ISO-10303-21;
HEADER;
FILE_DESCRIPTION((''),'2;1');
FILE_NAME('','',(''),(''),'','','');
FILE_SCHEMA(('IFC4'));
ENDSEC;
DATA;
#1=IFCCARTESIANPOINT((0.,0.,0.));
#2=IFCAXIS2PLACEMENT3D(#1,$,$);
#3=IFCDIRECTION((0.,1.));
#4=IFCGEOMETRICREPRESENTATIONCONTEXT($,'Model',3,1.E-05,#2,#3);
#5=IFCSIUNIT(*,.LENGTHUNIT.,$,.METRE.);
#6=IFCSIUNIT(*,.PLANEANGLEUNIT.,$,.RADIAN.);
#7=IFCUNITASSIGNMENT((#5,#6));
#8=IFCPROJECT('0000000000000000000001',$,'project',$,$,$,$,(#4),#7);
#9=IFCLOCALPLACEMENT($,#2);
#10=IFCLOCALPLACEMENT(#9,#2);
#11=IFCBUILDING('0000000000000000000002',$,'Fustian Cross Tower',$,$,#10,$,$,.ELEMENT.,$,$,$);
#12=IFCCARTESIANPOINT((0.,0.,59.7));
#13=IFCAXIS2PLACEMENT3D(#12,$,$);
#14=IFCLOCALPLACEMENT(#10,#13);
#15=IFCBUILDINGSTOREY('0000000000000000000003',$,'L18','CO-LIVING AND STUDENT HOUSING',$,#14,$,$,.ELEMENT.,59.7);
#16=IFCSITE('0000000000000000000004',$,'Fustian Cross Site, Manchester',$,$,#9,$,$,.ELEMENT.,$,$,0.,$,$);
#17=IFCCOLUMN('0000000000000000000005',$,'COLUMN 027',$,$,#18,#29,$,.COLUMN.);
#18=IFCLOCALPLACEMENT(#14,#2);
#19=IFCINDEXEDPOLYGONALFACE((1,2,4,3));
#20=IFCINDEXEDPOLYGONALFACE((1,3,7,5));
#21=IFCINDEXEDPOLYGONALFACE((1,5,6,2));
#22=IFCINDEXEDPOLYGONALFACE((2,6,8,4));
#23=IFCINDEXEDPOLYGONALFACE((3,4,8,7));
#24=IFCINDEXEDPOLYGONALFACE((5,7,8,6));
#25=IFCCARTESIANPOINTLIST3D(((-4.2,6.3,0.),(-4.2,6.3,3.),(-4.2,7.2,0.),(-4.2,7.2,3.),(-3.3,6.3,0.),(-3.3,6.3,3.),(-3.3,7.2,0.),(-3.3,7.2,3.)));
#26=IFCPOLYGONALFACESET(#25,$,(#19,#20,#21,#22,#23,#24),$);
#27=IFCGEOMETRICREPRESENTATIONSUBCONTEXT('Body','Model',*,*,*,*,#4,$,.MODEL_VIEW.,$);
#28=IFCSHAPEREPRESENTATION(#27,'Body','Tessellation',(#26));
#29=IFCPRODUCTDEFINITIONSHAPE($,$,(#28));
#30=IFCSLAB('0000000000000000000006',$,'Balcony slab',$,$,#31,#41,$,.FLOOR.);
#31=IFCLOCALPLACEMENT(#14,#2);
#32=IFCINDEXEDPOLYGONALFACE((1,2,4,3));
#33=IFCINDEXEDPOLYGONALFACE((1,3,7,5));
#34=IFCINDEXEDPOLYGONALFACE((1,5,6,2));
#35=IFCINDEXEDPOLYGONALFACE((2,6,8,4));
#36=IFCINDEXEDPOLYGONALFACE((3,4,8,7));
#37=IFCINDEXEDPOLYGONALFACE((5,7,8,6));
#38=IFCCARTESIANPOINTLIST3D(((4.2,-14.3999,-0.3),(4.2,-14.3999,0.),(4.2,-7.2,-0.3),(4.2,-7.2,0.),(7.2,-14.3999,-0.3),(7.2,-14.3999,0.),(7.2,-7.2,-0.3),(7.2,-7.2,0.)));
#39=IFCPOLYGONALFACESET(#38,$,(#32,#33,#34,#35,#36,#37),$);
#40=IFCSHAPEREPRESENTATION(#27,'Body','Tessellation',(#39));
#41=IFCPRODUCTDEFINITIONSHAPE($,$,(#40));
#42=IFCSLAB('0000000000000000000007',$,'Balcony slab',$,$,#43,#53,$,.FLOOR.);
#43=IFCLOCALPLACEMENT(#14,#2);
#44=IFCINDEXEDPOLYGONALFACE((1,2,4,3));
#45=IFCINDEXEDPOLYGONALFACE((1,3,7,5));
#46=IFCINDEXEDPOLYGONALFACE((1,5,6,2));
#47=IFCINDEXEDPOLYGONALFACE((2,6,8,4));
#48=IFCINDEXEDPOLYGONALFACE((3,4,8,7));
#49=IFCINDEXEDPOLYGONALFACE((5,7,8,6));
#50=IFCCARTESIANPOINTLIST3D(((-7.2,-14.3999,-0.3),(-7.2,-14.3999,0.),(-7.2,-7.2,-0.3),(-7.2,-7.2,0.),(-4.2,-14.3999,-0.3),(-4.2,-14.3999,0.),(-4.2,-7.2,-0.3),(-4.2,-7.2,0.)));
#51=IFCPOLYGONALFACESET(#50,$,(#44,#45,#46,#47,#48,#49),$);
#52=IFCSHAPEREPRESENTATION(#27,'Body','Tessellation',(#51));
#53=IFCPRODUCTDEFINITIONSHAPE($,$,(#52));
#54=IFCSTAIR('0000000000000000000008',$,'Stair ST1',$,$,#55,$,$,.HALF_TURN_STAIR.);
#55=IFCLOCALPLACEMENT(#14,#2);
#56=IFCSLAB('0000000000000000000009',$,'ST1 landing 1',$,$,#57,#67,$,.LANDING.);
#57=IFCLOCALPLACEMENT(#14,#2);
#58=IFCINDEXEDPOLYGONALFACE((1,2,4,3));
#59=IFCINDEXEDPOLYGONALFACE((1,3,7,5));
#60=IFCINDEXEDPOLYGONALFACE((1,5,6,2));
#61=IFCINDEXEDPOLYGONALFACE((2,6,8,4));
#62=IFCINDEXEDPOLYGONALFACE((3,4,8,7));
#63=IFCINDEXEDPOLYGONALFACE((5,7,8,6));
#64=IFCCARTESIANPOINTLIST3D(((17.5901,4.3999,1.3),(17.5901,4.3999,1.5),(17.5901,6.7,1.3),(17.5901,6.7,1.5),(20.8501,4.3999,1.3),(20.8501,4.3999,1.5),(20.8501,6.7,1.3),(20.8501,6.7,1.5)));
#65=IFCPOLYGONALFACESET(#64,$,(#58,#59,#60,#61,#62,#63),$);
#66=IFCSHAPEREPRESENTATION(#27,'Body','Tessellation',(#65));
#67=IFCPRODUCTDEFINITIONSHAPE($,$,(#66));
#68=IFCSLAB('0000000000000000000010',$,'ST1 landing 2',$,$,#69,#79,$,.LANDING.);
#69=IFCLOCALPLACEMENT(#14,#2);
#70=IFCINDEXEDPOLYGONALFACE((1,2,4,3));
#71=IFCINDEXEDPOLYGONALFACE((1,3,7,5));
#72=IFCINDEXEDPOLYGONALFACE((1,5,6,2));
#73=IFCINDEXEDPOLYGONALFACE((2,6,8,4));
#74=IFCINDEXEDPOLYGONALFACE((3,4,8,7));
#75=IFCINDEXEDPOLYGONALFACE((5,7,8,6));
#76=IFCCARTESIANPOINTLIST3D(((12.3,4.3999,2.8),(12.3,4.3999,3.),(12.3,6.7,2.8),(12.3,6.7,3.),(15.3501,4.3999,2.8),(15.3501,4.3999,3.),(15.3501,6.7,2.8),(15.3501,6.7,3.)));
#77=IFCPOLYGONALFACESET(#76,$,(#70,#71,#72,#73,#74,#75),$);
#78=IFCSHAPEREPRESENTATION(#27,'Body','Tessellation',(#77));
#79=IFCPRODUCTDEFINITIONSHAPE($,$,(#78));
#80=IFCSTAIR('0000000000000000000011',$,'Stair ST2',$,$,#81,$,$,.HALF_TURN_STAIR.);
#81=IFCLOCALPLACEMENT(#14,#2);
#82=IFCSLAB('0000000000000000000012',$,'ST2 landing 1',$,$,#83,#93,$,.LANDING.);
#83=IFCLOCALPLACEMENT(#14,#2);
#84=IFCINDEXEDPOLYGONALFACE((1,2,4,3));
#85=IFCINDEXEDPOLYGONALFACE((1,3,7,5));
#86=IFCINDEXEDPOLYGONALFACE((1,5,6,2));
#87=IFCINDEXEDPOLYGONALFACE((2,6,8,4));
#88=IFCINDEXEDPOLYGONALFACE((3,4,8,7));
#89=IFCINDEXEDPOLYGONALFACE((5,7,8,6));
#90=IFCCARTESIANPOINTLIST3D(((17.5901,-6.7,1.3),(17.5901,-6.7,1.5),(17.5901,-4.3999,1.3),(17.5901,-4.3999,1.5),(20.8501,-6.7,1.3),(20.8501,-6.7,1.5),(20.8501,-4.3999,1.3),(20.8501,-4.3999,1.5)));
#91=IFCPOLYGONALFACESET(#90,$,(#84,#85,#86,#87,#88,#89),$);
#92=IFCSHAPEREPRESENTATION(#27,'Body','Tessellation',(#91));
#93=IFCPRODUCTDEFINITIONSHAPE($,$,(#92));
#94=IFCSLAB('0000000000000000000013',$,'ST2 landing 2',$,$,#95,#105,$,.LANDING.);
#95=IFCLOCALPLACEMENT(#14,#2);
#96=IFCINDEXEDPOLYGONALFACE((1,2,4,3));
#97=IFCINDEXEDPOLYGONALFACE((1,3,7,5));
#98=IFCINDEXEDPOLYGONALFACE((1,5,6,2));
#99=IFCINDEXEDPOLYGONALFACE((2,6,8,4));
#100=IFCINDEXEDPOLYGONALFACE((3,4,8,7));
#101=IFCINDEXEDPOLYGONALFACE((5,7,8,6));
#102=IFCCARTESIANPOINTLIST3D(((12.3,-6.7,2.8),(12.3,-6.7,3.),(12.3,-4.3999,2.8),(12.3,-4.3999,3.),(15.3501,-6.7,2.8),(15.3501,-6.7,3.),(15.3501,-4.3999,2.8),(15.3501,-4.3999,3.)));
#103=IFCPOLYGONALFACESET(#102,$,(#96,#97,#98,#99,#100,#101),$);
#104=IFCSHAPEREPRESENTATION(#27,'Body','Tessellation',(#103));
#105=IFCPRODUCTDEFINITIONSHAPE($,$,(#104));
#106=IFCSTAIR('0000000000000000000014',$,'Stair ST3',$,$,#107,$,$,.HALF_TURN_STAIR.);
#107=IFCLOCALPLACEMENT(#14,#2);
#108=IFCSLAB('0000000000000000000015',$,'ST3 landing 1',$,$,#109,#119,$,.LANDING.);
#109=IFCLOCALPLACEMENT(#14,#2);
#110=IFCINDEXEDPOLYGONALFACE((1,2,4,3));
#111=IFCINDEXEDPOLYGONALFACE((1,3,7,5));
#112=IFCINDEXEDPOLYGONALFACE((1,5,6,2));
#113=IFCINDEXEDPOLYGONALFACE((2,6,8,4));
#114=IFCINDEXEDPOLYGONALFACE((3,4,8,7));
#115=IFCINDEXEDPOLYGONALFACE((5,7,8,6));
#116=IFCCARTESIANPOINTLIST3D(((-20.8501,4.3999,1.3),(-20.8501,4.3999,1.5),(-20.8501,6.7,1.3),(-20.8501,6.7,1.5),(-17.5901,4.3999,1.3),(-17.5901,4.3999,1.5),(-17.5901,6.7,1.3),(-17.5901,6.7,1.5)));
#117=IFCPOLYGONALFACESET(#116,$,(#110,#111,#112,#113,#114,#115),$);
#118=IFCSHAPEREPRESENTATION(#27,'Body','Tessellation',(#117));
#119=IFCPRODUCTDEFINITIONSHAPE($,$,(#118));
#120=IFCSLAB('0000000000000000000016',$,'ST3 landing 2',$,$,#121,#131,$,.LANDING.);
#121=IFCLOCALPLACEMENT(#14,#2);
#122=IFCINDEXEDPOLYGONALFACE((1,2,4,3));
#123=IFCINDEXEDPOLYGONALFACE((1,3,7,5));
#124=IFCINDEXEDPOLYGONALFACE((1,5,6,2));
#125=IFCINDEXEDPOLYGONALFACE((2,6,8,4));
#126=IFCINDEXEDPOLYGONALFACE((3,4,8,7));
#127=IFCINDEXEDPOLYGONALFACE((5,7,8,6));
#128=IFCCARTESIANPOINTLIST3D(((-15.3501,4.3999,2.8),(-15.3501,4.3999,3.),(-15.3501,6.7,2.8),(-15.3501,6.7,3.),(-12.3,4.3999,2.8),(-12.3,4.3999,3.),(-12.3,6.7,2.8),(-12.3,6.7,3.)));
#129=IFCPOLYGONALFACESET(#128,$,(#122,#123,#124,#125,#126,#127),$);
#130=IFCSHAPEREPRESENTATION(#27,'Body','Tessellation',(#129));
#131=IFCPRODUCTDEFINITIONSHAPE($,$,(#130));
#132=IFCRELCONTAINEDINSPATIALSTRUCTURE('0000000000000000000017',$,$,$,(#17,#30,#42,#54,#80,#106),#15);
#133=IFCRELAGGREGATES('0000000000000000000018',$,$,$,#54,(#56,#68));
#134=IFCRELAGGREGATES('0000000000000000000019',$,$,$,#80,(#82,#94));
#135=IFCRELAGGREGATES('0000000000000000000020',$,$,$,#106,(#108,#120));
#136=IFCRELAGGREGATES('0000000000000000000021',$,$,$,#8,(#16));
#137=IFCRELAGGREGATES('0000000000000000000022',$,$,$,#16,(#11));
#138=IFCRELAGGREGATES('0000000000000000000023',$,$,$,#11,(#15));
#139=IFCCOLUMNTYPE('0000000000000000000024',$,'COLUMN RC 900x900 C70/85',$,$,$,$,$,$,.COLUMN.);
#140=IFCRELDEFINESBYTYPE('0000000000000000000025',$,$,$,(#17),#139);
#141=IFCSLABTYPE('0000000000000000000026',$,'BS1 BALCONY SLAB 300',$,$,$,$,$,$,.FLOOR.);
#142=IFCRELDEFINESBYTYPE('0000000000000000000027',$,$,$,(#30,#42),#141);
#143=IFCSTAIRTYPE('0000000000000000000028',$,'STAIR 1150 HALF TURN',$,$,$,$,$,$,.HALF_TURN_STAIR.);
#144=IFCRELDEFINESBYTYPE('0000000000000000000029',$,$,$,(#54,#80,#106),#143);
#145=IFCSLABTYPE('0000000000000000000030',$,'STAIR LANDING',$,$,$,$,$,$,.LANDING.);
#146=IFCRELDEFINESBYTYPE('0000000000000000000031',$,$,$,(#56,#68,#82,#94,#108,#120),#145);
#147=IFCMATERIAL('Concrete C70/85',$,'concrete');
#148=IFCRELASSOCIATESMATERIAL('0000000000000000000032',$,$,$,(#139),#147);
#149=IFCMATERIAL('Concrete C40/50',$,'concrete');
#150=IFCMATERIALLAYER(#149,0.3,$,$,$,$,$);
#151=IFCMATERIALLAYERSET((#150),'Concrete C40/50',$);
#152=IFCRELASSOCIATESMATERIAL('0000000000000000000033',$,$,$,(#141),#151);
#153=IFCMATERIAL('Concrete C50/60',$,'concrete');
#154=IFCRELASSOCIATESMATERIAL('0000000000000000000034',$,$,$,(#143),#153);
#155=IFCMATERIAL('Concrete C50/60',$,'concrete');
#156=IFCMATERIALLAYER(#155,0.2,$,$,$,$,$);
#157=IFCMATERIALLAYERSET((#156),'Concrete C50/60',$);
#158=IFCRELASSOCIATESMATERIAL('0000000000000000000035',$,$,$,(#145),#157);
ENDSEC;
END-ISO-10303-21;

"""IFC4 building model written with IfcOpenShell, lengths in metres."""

from ifc_helpers import new_model, si_unit, direction, frame, origin, origin_2d, place, context, subcontext, project, spatial, polyline, rectangle, outline, extrude, material, layer, layer_set, material_profile, profile_set, type_object, element, aggregate, save


model = new_model("IFC4")

# Units and contexts
model_context = context("Model", 3, precision=1e-05, world=origin(), true_north=direction((0.0, 1.0)))
body_context = subcontext(model_context, "Body", "Model", "MODEL_VIEW")
ifc_project = project(units=[si_unit("LENGTHUNIT", "METRE"), si_unit("PLANEANGLEUNIT", "RADIAN")], contexts=[model_context])

# Site, building, storey
site_placement = place(None, origin())
site = spatial("IfcSite", under=ifc_project, at=site_placement, Name="Fustian Cross Site, Manchester", CompositionType="ELEMENT", RefElevation=0.0)
building_placement = place(site_placement, origin())
building = spatial("IfcBuilding", under=site, at=building_placement, Name="Fustian Cross Tower", CompositionType="ELEMENT")
storey_placement = place(building_placement, frame((0.0, 0.0, 59.7)))
storey = spatial("IfcBuildingStorey", under=building, at=storey_placement, Name="L18", Description="CO-LIVING AND STUDENT HOUSING", CompositionType="ELEMENT", Elevation=59.7)

# Column
ifc_material_1 = material(Name="Concrete C70/85", Category="concrete")
ifc_material_profile = material_profile(ifc_material_1, rectangle(XDim=0.8999, YDim=0.8999, at=origin_2d()), Name="RC 900x900")
ifc_profile_set = profile_set([ifc_material_profile], Name="Concrete C70/85")
column_type = type_object("IfcColumnType", Name="COLUMN RC 900x900 C70/85", PredefinedType="COLUMN", material=ifc_profile_set)
column_placement = place(storey_placement, frame((-3.75, 6.75, 0.0), z_axis=(0.0, 0.0, 1.0), x_axis=(1.0, 0.0, 0.0)))
element("IfcColumn", 1, at=column_placement, inside=storey, type_object=column_type, Name="COLUMN 027", PredefinedType="COLUMN", context=body_context, shape_type="SweptSolid", body=[
    extrude(rectangle(XDim=0.8999, YDim=0.8999, at=origin_2d()), origin(), (0.0, 0.0, 1.0), 3.0),
])

# Slabs
ifc_material_2 = material(Name="Concrete C40/50", Category="concrete")
ifc_layer_1 = layer(ifc_material_2, 0.3)
ifc_layer_set_1 = layer_set([ifc_layer_1], Name="Concrete C40/50")
slab_type_1 = type_object("IfcSlabType", Name="BS1 BALCONY SLAB 300", PredefinedType="FLOOR", material=ifc_layer_set_1)
slab_1_placement = place(storey_placement, frame((0.0, 0.0, -0.3)))
element("IfcSlab", 2, at=slab_1_placement, inside=storey, type_object=slab_type_1, Name="Balcony slab", PredefinedType="FLOOR", context=body_context, shape_type="SweptSolid", body=[
    extrude(outline(polyline([(4.2, -14.3999), (7.2, -14.3999), (7.2, -7.2), (4.2, -7.2), (4.2, -14.3999)])), origin(), (0.0, 0.0, 1.0), 0.3),
])
slab_2_placement = place(storey_placement, frame((0.0, 0.0, -0.3)))
element("IfcSlab", 3, at=slab_2_placement, inside=storey, type_object=slab_type_1, Name="Balcony slab", PredefinedType="FLOOR", context=body_context, shape_type="SweptSolid", body=[
    extrude(outline(polyline([(-7.2, -14.3999), (-4.2, -14.3999), (-4.2, -7.2), (-7.2, -7.2), (-7.2, -14.3999)])), origin(), (0.0, 0.0, 1.0), 0.3),
])

# Stairs, slabs
ifc_material_3 = material(Name="Concrete C50/60", Category="concrete")
stair_type = type_object("IfcStairType", Name="STAIR 1150 HALF TURN", PredefinedType="HALF_TURN_STAIR", material=ifc_material_3)
stair_1_placement = place(storey_placement, origin())
stair_1 = element("IfcStair", 4, at=stair_1_placement, inside=storey, type_object=stair_type, Name="Stair ST1", PredefinedType="HALF_TURN_STAIR")
ifc_material_4 = material(Name="Concrete C50/60", Category="concrete")
ifc_layer_2 = layer(ifc_material_4, 0.2)
ifc_layer_set_2 = layer_set([ifc_layer_2], Name="Concrete C50/60")
slab_type_2 = type_object("IfcSlabType", Name="STAIR LANDING", PredefinedType="LANDING", material=ifc_layer_set_2)
slab_3_placement = place(storey_placement, frame((0.0, 0.0, 1.3)))
slab_3 = element("IfcSlab", 5, at=slab_3_placement, type_object=slab_type_2, Name="ST1 landing 1", PredefinedType="LANDING", context=body_context, shape_type="SweptSolid", body=[
    extrude(outline(polyline([(17.5901, 4.3999), (20.8501, 4.3999), (20.8501, 6.7), (17.5901, 6.7), (17.5901, 4.3999)])), origin(), (0.0, 0.0, 1.0), 0.2),
])
slab_4_placement = place(storey_placement, frame((0.0, 0.0, 2.8)))
slab_4 = element("IfcSlab", 6, at=slab_4_placement, type_object=slab_type_2, Name="ST1 landing 2", PredefinedType="LANDING", context=body_context, shape_type="SweptSolid", body=[
    extrude(outline(polyline([(12.3, 4.3999), (15.3501, 4.3999), (15.3501, 6.7), (12.3, 6.7), (12.3, 4.3999)])), origin(), (0.0, 0.0, 1.0), 0.2),
])
aggregate(stair_1, [slab_3, slab_4])
stair_2_placement = place(storey_placement, origin())
stair_2 = element("IfcStair", 7, at=stair_2_placement, inside=storey, type_object=stair_type, Name="Stair ST2", PredefinedType="HALF_TURN_STAIR")
slab_5_placement = place(storey_placement, frame((0.0, 0.0, 1.3)))
slab_5 = element("IfcSlab", 8, at=slab_5_placement, type_object=slab_type_2, Name="ST2 landing 1", PredefinedType="LANDING", context=body_context, shape_type="SweptSolid", body=[
    extrude(outline(polyline([(17.5901, -4.3999), (20.8501, -4.3999), (20.8501, -6.7), (17.5901, -6.7), (17.5901, -4.3999)])), origin(), (0.0, 0.0, 1.0), 0.2),
])
slab_6_placement = place(storey_placement, frame((0.0, 0.0, 2.8)))
slab_6 = element("IfcSlab", 9, at=slab_6_placement, type_object=slab_type_2, Name="ST2 landing 2", PredefinedType="LANDING", context=body_context, shape_type="SweptSolid", body=[
    extrude(outline(polyline([(12.3, -4.3999), (15.3501, -4.3999), (15.3501, -6.7), (12.3, -6.7), (12.3, -4.3999)])), origin(), (0.0, 0.0, 1.0), 0.2),
])
aggregate(stair_2, [slab_5, slab_6])
stair_3_placement = place(storey_placement, origin())
stair_3 = element("IfcStair", 10, at=stair_3_placement, inside=storey, type_object=stair_type, Name="Stair ST3", PredefinedType="HALF_TURN_STAIR")
slab_7_placement = place(storey_placement, frame((0.0, 0.0, 1.3)))
slab_7 = element("IfcSlab", 11, at=slab_7_placement, type_object=slab_type_2, Name="ST3 landing 1", PredefinedType="LANDING", context=body_context, shape_type="SweptSolid", body=[
    extrude(outline(polyline([(-17.5901, 4.3999), (-20.8501, 4.3999), (-20.8501, 6.7), (-17.5901, 6.7), (-17.5901, 4.3999)])), origin(), (0.0, 0.0, 1.0), 0.2),
])
slab_8_placement = place(storey_placement, frame((0.0, 0.0, 2.8)))
slab_8 = element("IfcSlab", 12, at=slab_8_placement, type_object=slab_type_2, Name="ST3 landing 2", PredefinedType="LANDING", context=body_context, shape_type="SweptSolid", body=[
    extrude(outline(polyline([(-12.3, 4.3999), (-15.3501, 4.3999), (-15.3501, 6.7), (-12.3, 6.7), (-12.3, 4.3999)])), origin(), (0.0, 0.0, 1.0), 0.2),
])
aggregate(stair_3, [slab_7, slab_8])

save(model, "model.ifc")
